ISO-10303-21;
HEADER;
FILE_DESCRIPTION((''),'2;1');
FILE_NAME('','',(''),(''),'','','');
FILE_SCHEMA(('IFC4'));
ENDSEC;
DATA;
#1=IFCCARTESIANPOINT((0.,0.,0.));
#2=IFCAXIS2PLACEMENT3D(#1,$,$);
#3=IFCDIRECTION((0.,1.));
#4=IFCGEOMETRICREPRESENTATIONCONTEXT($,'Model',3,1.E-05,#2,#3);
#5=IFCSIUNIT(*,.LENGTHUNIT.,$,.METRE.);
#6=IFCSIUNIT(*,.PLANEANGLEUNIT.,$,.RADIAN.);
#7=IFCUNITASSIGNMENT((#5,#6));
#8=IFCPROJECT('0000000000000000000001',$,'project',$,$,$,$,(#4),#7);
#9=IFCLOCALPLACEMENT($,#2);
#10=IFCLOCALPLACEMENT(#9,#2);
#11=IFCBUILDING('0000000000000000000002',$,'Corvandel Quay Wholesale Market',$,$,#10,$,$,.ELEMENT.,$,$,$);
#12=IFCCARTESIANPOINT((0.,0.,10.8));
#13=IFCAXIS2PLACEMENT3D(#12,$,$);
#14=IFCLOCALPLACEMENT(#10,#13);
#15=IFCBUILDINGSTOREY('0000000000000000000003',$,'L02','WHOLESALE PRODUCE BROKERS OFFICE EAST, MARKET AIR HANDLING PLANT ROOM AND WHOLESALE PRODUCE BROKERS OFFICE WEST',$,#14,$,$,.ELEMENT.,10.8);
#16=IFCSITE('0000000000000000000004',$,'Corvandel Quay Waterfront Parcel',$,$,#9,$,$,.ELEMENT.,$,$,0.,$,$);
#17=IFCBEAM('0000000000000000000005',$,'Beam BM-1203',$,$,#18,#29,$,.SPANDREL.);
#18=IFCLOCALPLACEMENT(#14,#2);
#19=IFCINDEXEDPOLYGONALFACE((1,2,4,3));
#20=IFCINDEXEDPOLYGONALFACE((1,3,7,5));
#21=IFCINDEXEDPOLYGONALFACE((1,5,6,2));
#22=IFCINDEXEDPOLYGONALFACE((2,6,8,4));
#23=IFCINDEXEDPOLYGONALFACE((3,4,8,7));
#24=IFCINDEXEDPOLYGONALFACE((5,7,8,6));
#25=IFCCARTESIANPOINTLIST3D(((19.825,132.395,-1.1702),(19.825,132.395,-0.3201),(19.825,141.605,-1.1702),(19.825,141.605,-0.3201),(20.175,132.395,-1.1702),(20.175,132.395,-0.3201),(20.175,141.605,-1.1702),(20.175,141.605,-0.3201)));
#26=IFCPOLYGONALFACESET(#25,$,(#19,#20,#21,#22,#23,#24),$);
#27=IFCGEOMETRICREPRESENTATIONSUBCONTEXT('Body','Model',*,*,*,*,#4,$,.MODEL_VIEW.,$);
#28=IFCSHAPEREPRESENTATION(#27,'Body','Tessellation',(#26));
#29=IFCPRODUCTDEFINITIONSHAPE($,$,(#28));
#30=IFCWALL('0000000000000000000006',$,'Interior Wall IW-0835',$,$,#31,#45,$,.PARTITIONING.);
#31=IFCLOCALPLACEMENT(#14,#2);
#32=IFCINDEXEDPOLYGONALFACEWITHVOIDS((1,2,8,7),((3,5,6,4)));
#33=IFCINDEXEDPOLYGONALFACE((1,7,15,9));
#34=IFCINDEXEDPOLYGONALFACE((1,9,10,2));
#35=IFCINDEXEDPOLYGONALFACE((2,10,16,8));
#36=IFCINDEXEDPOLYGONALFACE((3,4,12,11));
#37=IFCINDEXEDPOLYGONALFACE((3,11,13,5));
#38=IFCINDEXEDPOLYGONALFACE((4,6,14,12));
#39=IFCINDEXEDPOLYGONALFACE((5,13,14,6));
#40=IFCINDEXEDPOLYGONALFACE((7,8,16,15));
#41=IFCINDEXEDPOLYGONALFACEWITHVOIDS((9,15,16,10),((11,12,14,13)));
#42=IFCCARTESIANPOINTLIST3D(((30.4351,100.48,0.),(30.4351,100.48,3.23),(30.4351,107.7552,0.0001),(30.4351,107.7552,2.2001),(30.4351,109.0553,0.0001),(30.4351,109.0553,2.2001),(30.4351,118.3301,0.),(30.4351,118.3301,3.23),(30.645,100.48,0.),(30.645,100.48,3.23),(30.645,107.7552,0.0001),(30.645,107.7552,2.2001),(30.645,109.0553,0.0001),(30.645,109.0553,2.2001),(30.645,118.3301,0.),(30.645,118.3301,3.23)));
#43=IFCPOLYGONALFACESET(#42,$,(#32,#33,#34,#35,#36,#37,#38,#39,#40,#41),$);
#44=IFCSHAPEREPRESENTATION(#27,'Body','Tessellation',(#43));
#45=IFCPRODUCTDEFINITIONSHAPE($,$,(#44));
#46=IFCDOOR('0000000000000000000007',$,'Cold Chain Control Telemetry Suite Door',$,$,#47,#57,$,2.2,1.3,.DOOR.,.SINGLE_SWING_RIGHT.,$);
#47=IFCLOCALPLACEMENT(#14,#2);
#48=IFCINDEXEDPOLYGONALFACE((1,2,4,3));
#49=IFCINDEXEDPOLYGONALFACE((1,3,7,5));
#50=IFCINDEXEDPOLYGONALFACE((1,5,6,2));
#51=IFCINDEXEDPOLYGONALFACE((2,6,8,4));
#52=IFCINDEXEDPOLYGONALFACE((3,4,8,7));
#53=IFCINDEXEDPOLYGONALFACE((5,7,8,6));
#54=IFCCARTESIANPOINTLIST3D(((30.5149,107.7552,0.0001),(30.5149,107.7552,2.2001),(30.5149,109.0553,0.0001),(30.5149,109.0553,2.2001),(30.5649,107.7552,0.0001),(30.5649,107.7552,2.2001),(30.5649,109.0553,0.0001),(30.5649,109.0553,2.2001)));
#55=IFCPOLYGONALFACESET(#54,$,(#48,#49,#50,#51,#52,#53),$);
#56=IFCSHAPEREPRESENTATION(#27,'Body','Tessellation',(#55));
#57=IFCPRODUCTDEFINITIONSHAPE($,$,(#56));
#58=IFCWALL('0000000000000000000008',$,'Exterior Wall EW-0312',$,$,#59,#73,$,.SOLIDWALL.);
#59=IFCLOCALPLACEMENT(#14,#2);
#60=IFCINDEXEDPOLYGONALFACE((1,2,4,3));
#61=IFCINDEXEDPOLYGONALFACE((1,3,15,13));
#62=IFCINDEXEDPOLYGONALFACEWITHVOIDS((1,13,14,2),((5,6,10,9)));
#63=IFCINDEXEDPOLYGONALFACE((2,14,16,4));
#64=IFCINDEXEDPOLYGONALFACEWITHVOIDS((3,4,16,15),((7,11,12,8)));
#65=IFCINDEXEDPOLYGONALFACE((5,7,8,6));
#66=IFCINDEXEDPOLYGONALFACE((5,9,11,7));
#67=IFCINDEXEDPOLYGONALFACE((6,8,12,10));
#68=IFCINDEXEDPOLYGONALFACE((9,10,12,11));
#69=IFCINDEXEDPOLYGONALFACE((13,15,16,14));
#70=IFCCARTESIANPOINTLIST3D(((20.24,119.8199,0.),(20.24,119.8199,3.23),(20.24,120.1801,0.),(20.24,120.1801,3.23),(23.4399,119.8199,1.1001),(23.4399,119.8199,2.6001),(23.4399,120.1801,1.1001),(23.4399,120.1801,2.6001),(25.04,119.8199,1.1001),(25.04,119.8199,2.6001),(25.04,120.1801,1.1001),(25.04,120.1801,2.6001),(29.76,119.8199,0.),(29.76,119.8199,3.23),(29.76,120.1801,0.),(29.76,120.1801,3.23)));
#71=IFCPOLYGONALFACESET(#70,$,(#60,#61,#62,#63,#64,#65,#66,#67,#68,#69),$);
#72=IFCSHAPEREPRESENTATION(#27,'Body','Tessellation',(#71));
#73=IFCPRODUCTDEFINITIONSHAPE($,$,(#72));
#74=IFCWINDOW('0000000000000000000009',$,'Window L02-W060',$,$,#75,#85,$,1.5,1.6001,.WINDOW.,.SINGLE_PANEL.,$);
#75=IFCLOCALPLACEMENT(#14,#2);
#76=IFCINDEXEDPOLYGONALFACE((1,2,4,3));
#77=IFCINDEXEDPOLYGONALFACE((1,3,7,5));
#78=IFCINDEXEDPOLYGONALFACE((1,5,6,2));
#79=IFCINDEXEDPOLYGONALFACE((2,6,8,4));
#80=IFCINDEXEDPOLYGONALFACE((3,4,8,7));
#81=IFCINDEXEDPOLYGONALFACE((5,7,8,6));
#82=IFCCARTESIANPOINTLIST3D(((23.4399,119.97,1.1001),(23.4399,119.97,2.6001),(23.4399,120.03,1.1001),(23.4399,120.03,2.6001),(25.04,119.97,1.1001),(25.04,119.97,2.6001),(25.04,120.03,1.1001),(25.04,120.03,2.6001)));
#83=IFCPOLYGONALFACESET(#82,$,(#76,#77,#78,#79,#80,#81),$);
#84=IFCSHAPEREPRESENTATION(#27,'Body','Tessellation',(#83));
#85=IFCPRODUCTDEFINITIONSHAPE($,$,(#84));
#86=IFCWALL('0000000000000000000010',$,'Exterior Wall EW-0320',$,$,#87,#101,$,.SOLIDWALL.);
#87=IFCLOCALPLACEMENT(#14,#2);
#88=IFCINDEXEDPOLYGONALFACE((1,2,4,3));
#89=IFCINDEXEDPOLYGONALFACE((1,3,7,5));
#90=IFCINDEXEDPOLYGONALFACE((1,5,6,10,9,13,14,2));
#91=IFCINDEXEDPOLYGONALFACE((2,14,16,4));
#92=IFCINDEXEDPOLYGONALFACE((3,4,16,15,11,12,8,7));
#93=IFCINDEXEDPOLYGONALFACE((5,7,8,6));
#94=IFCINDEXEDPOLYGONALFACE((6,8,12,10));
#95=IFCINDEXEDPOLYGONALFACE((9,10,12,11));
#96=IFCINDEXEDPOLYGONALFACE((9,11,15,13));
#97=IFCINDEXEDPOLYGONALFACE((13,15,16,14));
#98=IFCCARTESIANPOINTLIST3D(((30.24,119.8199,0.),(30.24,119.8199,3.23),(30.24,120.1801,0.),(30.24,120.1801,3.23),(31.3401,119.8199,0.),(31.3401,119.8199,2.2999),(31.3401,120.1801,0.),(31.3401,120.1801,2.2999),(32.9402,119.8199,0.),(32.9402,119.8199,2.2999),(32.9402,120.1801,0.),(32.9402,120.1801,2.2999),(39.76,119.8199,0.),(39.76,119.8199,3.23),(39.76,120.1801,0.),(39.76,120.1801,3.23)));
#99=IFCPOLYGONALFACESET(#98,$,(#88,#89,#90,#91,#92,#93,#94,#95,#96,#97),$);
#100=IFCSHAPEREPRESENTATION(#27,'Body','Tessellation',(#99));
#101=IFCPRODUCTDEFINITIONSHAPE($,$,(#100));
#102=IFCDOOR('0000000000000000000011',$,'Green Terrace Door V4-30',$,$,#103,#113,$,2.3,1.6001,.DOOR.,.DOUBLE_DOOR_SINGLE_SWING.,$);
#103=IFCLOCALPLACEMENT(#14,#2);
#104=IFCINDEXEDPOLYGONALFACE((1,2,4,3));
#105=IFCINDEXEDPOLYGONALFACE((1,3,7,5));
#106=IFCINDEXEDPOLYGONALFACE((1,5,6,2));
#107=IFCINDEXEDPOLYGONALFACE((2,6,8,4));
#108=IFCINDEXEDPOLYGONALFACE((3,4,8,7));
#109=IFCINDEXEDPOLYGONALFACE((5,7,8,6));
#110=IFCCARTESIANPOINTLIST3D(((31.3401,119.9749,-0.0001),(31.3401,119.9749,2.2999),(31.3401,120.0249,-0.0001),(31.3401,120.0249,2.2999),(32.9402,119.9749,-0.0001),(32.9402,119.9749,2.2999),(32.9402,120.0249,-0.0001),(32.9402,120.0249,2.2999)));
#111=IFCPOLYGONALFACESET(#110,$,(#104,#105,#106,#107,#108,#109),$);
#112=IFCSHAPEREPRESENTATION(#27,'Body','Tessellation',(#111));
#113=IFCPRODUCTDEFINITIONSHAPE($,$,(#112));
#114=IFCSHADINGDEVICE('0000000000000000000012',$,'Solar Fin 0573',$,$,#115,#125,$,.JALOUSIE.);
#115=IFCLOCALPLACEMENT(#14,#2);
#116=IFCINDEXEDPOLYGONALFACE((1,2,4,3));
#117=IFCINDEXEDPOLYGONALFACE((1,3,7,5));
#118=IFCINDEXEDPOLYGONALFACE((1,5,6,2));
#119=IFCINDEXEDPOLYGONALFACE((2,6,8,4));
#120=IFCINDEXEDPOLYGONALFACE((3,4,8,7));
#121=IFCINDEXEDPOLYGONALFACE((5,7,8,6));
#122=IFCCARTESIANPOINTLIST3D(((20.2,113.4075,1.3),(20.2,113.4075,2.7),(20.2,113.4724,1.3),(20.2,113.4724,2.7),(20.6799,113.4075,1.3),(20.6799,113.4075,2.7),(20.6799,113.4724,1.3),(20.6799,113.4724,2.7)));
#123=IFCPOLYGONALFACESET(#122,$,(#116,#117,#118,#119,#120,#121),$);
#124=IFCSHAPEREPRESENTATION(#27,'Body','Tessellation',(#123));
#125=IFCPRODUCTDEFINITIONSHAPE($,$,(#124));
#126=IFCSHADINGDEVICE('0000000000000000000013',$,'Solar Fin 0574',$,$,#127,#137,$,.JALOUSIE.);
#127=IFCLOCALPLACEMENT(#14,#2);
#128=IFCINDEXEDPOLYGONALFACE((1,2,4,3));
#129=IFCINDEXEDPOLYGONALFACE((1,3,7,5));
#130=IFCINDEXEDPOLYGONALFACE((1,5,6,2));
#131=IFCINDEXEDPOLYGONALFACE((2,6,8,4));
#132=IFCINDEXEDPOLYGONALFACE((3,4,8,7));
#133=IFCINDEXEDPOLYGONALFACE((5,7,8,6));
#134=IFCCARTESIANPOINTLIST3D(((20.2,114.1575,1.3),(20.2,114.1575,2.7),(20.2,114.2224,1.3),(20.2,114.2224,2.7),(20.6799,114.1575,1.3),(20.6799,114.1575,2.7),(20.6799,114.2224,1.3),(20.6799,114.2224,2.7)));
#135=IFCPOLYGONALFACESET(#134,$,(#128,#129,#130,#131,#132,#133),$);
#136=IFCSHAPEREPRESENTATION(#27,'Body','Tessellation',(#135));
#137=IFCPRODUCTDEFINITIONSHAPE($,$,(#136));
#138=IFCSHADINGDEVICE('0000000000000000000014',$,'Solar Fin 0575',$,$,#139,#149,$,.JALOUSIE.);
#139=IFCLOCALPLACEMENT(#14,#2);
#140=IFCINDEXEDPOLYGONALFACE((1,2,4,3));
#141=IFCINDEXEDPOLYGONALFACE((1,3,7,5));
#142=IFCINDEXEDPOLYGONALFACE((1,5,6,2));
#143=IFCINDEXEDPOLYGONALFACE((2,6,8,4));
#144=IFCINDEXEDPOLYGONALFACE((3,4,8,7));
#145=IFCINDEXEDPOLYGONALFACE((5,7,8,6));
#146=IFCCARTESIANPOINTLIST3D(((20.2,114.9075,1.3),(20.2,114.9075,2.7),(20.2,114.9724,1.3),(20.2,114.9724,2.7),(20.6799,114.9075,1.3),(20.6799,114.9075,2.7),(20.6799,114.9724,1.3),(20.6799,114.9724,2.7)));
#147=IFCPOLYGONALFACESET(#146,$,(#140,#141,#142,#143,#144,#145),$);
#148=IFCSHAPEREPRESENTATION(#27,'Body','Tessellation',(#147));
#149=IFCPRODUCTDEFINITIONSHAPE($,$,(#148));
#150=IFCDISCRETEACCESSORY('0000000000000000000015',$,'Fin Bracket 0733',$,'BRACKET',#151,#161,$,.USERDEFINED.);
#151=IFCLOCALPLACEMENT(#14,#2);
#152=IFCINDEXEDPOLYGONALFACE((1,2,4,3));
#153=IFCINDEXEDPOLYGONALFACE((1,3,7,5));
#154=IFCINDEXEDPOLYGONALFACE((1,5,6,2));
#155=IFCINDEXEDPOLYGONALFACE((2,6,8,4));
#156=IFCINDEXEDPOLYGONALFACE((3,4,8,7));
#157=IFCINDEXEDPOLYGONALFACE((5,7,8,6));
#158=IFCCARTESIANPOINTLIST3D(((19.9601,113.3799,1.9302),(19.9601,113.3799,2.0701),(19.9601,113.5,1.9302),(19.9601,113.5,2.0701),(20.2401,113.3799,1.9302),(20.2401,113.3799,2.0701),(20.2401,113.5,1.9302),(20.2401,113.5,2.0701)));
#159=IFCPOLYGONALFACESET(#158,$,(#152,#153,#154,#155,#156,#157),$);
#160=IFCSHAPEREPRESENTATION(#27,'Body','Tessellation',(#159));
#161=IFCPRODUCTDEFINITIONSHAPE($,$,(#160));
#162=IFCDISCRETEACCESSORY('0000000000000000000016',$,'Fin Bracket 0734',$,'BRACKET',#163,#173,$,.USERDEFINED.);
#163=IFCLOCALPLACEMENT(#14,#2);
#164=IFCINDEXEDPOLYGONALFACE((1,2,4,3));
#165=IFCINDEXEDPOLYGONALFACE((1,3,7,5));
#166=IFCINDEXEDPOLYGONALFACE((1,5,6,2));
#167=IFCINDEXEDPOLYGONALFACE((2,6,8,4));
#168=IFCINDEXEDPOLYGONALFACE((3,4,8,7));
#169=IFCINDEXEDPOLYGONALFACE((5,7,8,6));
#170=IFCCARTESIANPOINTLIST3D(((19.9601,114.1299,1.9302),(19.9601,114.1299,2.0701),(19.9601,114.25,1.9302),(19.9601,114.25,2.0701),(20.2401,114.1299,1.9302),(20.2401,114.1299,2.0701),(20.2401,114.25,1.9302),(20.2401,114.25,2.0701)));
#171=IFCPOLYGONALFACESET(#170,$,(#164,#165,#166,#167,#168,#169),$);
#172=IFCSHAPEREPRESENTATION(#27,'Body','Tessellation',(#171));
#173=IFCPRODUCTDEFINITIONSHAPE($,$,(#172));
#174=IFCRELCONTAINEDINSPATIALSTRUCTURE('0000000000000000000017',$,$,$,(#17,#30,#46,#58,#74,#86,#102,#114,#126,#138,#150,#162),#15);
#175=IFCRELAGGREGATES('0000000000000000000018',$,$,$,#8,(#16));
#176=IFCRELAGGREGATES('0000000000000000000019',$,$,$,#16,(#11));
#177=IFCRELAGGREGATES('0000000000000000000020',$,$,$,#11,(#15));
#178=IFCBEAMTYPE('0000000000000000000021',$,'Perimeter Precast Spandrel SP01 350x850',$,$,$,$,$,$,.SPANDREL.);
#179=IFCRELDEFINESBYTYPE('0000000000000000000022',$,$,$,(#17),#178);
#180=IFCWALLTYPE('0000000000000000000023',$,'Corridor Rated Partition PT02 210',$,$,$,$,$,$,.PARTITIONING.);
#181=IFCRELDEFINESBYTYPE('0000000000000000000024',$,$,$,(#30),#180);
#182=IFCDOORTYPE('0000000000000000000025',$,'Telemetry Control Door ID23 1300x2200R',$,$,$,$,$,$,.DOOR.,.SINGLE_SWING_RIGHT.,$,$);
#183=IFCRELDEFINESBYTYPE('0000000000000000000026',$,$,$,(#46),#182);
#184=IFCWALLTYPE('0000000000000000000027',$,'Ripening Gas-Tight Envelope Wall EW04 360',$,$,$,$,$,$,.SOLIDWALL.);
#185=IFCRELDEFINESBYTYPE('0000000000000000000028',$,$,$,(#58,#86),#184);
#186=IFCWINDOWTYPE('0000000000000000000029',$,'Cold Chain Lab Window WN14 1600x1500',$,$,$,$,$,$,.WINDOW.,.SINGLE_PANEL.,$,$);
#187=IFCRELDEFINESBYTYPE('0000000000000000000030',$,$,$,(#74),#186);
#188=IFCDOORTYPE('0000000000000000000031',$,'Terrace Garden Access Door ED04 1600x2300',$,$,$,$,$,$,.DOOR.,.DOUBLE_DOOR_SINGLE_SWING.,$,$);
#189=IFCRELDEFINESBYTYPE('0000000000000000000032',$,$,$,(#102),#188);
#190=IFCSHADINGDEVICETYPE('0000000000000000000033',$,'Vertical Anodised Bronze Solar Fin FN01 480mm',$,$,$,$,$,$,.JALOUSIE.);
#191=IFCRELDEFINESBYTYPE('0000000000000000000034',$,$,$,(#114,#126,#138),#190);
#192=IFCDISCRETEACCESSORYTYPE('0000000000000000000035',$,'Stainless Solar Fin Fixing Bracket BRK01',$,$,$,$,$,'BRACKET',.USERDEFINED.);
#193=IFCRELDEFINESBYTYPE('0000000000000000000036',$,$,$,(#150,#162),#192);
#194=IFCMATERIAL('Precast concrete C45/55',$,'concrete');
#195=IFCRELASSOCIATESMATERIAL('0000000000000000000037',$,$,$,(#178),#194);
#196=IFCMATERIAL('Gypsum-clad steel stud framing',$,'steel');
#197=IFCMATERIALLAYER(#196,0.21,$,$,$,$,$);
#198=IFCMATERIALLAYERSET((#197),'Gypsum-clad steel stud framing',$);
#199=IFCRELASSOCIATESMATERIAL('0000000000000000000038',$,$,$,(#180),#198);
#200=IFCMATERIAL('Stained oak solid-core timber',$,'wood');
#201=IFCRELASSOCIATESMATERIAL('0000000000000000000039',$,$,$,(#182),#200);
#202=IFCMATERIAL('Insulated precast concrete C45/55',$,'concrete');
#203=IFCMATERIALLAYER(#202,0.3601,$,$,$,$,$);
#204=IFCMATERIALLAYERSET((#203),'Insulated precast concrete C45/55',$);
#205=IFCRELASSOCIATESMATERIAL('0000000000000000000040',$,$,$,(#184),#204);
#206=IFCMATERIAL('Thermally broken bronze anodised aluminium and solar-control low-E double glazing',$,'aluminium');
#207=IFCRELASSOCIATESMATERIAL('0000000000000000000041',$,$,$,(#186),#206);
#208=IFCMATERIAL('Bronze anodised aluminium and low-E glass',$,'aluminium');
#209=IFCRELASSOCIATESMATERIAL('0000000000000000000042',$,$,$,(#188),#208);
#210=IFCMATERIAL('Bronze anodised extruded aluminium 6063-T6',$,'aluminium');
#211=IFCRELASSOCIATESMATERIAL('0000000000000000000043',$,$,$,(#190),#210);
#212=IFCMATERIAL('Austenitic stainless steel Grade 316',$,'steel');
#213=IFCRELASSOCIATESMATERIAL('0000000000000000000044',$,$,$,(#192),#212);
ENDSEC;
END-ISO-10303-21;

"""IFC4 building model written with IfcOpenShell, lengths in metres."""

from ifc_helpers import new_model, si_unit, direction, frame, frame_2d, origin, origin_2d, place, context, subcontext, project, spatial, rectangle, extrude, material, layer, layer_set, material_profile, profile_set, type_object, element, fill, save


model = new_model("IFC4")

# Units and contexts
model_context = context("Model", 3, precision=1e-05, world=origin(), true_north=direction((0.0, 1.0)))
body_context = subcontext(model_context, "Body", "Model", "MODEL_VIEW")
ifc_project = project(units=[si_unit("LENGTHUNIT", "METRE"), si_unit("PLANEANGLEUNIT", "RADIAN")], contexts=[model_context])

# Site, building, storey
site_placement = place(None, origin())
site = spatial("IfcSite", under=ifc_project, at=site_placement, Name="Corvandel Quay Waterfront Parcel", CompositionType="ELEMENT", RefElevation=0.0)
building_placement = place(site_placement, origin())
building = spatial("IfcBuilding", under=site, at=building_placement, Name="Corvandel Quay Wholesale Market", CompositionType="ELEMENT")
storey_placement = place(building_placement, frame((0.0, 0.0, 10.8)))
storey = spatial("IfcBuildingStorey", under=building, at=storey_placement, Name="L02", Description="WHOLESALE PRODUCE BROKERS OFFICE EAST, MARKET AIR HANDLING PLANT ROOM AND WHOLESALE PRODUCE BROKERS OFFICE WEST", CompositionType="ELEMENT", Elevation=10.8)

# Shared definitions
ifc_material_1 = material(Name="Precast concrete C45/55", Category="concrete")

# Beam
ifc_material_profile_1 = material_profile(ifc_material_1, rectangle(XDim=0.3501, YDim=0.8501, at=origin_2d()), Name="PC-SPN-350x850")
ifc_profile_set_1 = profile_set([ifc_material_profile_1], Name="Precast concrete C45/55")
beam_type_1 = type_object("IfcBeamType", Name="Perimeter Precast Spandrel SP01 350x850", PredefinedType="SPANDREL", material=ifc_profile_set_1)
beam_1_placement = place(storey_placement, frame((20.0, 132.395, -0.7451), z_axis=(0.0, 1.0, 0.0), x_axis=(-1.0, 0.0, 0.0)))
element("IfcBeam", 1, at=beam_1_placement, inside=storey, type_object=beam_type_1, Name="Beam BM-1203", PredefinedType="SPANDREL", context=body_context, shape_type="SweptSolid", body=[
    extrude(rectangle(XDim=0.3501, YDim=0.8501, at=origin_2d()), origin(), (0.0, 0.0, 1.0), 9.21),
])

# Wall, opening, door
ifc_material_2 = material(Name="Gypsum-clad steel stud framing", Category="steel")
ifc_layer_1 = layer(ifc_material_2, 0.21)
ifc_layer_set_1 = layer_set([ifc_layer_1], Name="Gypsum-clad steel stud framing")
wall_type_1 = type_object("IfcWallType", Name="Corridor Rated Partition PT02 210", PredefinedType="PARTITIONING", material=ifc_layer_set_1)
wall_1_placement = place(storey_placement, frame((30.54, 118.3301, 0.0), z_axis=(0.0, 0.0, 1.0), x_axis=(0.0, -1.0, 0.0)))
wall_1 = element("IfcWall", 2, at=wall_1_placement, inside=storey, type_object=wall_type_1, Name="Interior Wall IW-0835", PredefinedType="PARTITIONING", context=body_context, shape_type="SweptSolid", body=[
    extrude(rectangle(XDim=17.8501, YDim=0.21, at=frame_2d((8.925, 0.0))), origin(), (0.0, 0.0, 1.0), 3.23),
])
opening_1_placement = place(wall_1_placement, frame((9.2749, 0.0, 0.0)))
opening_1 = element("IfcOpeningElement", 3, at=opening_1_placement, cuts=wall_1, PredefinedType="OPENING", context=body_context, shape_type="SweptSolid", body=[
    extrude(rectangle(XDim=1.3, YDim=2.2, at=frame_2d((0.6499, 1.1001))), frame((0.0, 0.115, 0.0), z_axis=(0.0, -1.0, 0.0), x_axis=(1.0, 0.0, 0.0)), (0.0, 0.0, 1.0), 0.23),
])
ifc_material_3 = material(Name="Stained oak solid-core timber", Category="wood")
door_type_1 = type_object("IfcDoorType", Name="Telemetry Control Door ID23 1300x2200R", OperationType="SINGLE_SWING_RIGHT", PredefinedType="DOOR", material=ifc_material_3)
door_1_placement = place(opening_1_placement, origin())
door_1 = element("IfcDoor", 4, at=door_1_placement, inside=storey, type_object=door_type_1, Name="Cold Chain Control Telemetry Suite Door", OperationType="SINGLE_SWING_RIGHT", OverallHeight=2.2, OverallWidth=1.3, PredefinedType="DOOR", context=body_context, shape_type="SweptSolid", body=[
    extrude(rectangle(XDim=1.3, YDim=2.2, at=frame_2d((0.6499, 1.1001))), frame((0.0, 0.0249, 0.0), z_axis=(0.0, -1.0, 0.0), x_axis=(1.0, 0.0, 0.0)), (0.0, 0.0, 1.0), 0.05),
])
fill(opening_1, door_1)

# Wall, opening, window
ifc_material_4 = material(Name="Insulated precast concrete C45/55", Category="concrete")
ifc_layer_2 = layer(ifc_material_4, 0.3601)
ifc_layer_set_2 = layer_set([ifc_layer_2], Name="Insulated precast concrete C45/55")
wall_type_2 = type_object("IfcWallType", Name="Ripening Gas-Tight Envelope Wall EW04 360", PredefinedType="SOLIDWALL", material=ifc_layer_set_2)
wall_2_placement = place(storey_placement, frame((20.24, 120.0, 0.0), z_axis=(0.0, 0.0, 1.0), x_axis=(1.0, 0.0, 0.0)))
wall_2 = element("IfcWall", 5, at=wall_2_placement, inside=storey, type_object=wall_type_2, Name="Exterior Wall EW-0312", PredefinedType="SOLIDWALL", context=body_context, shape_type="SweptSolid", body=[
    extrude(rectangle(XDim=9.52, YDim=0.3601, at=frame_2d((4.76, 0.0))), origin(), (0.0, 0.0, 1.0), 3.23),
])
opening_2_placement = place(wall_2_placement, frame((3.2, 0.0, 1.1001)))
opening_2 = element("IfcOpeningElement", 6, at=opening_2_placement, cuts=wall_2, PredefinedType="OPENING", context=body_context, shape_type="SweptSolid", body=[
    extrude(rectangle(XDim=1.6001, YDim=1.5, at=frame_2d((0.8, 0.75))), frame((0.0, 0.1899, 0.0), z_axis=(0.0, -1.0, 0.0), x_axis=(1.0, 0.0, 0.0)), (0.0, 0.0, 1.0), 0.3801),
])
ifc_material_5 = material(Name="Thermally broken bronze anodised aluminium and solar-control low-E double glazing", Category="aluminium")
window_type = type_object("IfcWindowType", Name="Cold Chain Lab Window WN14 1600x1500", PartitioningType="SINGLE_PANEL", PredefinedType="WINDOW", material=ifc_material_5)
window_placement = place(opening_2_placement, origin())
window = element("IfcWindow", 7, at=window_placement, inside=storey, type_object=window_type, Name="Window L02-W060", OverallHeight=1.5, OverallWidth=1.6001, PartitioningType="SINGLE_PANEL", PredefinedType="WINDOW", context=body_context, shape_type="SweptSolid", body=[
    extrude(rectangle(XDim=1.6001, YDim=1.5, at=frame_2d((0.8, 0.75))), frame((0.0, 0.03, 0.0), z_axis=(0.0, -1.0, 0.0), x_axis=(1.0, 0.0, 0.0)), (0.0, 0.0, 1.0), 0.0601),
])
fill(opening_2, window)

# Wall, opening, door
wall_3_placement = place(storey_placement, frame((30.24, 120.0, 0.0), z_axis=(0.0, 0.0, 1.0), x_axis=(1.0, 0.0, 0.0)))
wall_3 = element("IfcWall", 8, at=wall_3_placement, inside=storey, type_object=wall_type_2, Name="Exterior Wall EW-0320", PredefinedType="SOLIDWALL", context=body_context, shape_type="SweptSolid", body=[
    extrude(rectangle(XDim=9.52, YDim=0.3601, at=frame_2d((4.76, 0.0))), origin(), (0.0, 0.0, 1.0), 3.23),
])
opening_3_placement = place(wall_3_placement, frame((1.1001, 0.0, 0.0)))
opening_3 = element("IfcOpeningElement", 9, at=opening_3_placement, cuts=wall_3, PredefinedType="OPENING", context=body_context, shape_type="SweptSolid", body=[
    extrude(rectangle(XDim=1.6001, YDim=2.3, at=frame_2d((0.8, 1.1499))), frame((0.0, 0.1899, 0.0), z_axis=(0.0, -1.0, 0.0), x_axis=(1.0, 0.0, 0.0)), (0.0, 0.0, 1.0), 0.3801),
])
ifc_material_6 = material(Name="Bronze anodised aluminium and low-E glass", Category="aluminium")
door_type_2 = type_object("IfcDoorType", Name="Terrace Garden Access Door ED04 1600x2300", OperationType="DOUBLE_DOOR_SINGLE_SWING", PredefinedType="DOOR", material=ifc_material_6)
door_2_placement = place(opening_3_placement, origin())
door_2 = element("IfcDoor", 10, at=door_2_placement, inside=storey, type_object=door_type_2, Name="Green Terrace Door V4-30", OperationType="DOUBLE_DOOR_SINGLE_SWING", OverallHeight=2.3, OverallWidth=1.6001, PredefinedType="DOOR", context=body_context, shape_type="SweptSolid", body=[
    extrude(rectangle(XDim=1.6001, YDim=2.3, at=frame_2d((0.8, 1.1499))), frame((0.0, 0.0249, 0.0), z_axis=(0.0, -1.0, 0.0), x_axis=(1.0, 0.0, 0.0)), (0.0, 0.0, 1.0), 0.05),
])
fill(opening_3, door_2)

# Shading devices
ifc_material_7 = material(Name="Bronze anodised extruded aluminium 6063-T6", Category="aluminium")
shading_device_type = type_object("IfcShadingDeviceType", Name="Vertical Anodised Bronze Solar Fin FN01 480mm", PredefinedType="JALOUSIE", material=ifc_material_7)
for number, where, z_axis, x_axis, name in (
    (11, (20.4399, 113.4399, 1.3), (0.0, 0.0, 1.0), (1.0, 0.0, 0.0), "Solar Fin 0573"),
    (12, (20.4399, 114.1899, 1.3), (0.0, 0.0, 1.0), (1.0, 0.0, 0.0), "Solar Fin 0574"),
    (13, (20.4399, 114.9399, 1.3), (0.0, 0.0, 1.0), (1.0, 0.0, 0.0), "Solar Fin 0575"),
):
    element("IfcShadingDevice", number, at=place(storey_placement, frame(where, z_axis=z_axis, x_axis=x_axis)), inside=storey, type_object=shading_device_type, Name=name, PredefinedType="JALOUSIE", context=body_context, shape_type="SweptSolid", body=[
        extrude(rectangle(XDim=0.48, YDim=0.0649, at=origin_2d()), origin(), (0.0, 0.0, 1.0), 1.3999),
    ])

# Discrete accessories
ifc_material_8 = material(Name="Austenitic stainless steel Grade 316", Category="steel")
discrete_accessory_type = type_object("IfcDiscreteAccessoryType", Name="Stainless Solar Fin Fixing Bracket BRK01", ElementType="BRACKET", PredefinedType="USERDEFINED", material=ifc_material_8)
for number, where, z_axis, x_axis, name in (
    (14, (20.1001, 113.4399, 1.9302), (0.0, 0.0, 1.0), (1.0, 0.0, 0.0), "Fin Bracket 0733"),
    (15, (20.1001, 114.1899, 1.9302), (0.0, 0.0, 1.0), (1.0, 0.0, 0.0), "Fin Bracket 0734"),
):
    element("IfcDiscreteAccessory", number, at=place(storey_placement, frame(where, z_axis=z_axis, x_axis=x_axis)), inside=storey, type_object=discrete_accessory_type, Name=name, ObjectType="BRACKET", PredefinedType="USERDEFINED", context=body_context, shape_type="SweptSolid", body=[
        extrude(rectangle(XDim=0.28, YDim=0.1201, at=origin_2d()), origin(), (0.0, 0.0, 1.0), 0.1399),
    ])

save(model, "model.ifc")
